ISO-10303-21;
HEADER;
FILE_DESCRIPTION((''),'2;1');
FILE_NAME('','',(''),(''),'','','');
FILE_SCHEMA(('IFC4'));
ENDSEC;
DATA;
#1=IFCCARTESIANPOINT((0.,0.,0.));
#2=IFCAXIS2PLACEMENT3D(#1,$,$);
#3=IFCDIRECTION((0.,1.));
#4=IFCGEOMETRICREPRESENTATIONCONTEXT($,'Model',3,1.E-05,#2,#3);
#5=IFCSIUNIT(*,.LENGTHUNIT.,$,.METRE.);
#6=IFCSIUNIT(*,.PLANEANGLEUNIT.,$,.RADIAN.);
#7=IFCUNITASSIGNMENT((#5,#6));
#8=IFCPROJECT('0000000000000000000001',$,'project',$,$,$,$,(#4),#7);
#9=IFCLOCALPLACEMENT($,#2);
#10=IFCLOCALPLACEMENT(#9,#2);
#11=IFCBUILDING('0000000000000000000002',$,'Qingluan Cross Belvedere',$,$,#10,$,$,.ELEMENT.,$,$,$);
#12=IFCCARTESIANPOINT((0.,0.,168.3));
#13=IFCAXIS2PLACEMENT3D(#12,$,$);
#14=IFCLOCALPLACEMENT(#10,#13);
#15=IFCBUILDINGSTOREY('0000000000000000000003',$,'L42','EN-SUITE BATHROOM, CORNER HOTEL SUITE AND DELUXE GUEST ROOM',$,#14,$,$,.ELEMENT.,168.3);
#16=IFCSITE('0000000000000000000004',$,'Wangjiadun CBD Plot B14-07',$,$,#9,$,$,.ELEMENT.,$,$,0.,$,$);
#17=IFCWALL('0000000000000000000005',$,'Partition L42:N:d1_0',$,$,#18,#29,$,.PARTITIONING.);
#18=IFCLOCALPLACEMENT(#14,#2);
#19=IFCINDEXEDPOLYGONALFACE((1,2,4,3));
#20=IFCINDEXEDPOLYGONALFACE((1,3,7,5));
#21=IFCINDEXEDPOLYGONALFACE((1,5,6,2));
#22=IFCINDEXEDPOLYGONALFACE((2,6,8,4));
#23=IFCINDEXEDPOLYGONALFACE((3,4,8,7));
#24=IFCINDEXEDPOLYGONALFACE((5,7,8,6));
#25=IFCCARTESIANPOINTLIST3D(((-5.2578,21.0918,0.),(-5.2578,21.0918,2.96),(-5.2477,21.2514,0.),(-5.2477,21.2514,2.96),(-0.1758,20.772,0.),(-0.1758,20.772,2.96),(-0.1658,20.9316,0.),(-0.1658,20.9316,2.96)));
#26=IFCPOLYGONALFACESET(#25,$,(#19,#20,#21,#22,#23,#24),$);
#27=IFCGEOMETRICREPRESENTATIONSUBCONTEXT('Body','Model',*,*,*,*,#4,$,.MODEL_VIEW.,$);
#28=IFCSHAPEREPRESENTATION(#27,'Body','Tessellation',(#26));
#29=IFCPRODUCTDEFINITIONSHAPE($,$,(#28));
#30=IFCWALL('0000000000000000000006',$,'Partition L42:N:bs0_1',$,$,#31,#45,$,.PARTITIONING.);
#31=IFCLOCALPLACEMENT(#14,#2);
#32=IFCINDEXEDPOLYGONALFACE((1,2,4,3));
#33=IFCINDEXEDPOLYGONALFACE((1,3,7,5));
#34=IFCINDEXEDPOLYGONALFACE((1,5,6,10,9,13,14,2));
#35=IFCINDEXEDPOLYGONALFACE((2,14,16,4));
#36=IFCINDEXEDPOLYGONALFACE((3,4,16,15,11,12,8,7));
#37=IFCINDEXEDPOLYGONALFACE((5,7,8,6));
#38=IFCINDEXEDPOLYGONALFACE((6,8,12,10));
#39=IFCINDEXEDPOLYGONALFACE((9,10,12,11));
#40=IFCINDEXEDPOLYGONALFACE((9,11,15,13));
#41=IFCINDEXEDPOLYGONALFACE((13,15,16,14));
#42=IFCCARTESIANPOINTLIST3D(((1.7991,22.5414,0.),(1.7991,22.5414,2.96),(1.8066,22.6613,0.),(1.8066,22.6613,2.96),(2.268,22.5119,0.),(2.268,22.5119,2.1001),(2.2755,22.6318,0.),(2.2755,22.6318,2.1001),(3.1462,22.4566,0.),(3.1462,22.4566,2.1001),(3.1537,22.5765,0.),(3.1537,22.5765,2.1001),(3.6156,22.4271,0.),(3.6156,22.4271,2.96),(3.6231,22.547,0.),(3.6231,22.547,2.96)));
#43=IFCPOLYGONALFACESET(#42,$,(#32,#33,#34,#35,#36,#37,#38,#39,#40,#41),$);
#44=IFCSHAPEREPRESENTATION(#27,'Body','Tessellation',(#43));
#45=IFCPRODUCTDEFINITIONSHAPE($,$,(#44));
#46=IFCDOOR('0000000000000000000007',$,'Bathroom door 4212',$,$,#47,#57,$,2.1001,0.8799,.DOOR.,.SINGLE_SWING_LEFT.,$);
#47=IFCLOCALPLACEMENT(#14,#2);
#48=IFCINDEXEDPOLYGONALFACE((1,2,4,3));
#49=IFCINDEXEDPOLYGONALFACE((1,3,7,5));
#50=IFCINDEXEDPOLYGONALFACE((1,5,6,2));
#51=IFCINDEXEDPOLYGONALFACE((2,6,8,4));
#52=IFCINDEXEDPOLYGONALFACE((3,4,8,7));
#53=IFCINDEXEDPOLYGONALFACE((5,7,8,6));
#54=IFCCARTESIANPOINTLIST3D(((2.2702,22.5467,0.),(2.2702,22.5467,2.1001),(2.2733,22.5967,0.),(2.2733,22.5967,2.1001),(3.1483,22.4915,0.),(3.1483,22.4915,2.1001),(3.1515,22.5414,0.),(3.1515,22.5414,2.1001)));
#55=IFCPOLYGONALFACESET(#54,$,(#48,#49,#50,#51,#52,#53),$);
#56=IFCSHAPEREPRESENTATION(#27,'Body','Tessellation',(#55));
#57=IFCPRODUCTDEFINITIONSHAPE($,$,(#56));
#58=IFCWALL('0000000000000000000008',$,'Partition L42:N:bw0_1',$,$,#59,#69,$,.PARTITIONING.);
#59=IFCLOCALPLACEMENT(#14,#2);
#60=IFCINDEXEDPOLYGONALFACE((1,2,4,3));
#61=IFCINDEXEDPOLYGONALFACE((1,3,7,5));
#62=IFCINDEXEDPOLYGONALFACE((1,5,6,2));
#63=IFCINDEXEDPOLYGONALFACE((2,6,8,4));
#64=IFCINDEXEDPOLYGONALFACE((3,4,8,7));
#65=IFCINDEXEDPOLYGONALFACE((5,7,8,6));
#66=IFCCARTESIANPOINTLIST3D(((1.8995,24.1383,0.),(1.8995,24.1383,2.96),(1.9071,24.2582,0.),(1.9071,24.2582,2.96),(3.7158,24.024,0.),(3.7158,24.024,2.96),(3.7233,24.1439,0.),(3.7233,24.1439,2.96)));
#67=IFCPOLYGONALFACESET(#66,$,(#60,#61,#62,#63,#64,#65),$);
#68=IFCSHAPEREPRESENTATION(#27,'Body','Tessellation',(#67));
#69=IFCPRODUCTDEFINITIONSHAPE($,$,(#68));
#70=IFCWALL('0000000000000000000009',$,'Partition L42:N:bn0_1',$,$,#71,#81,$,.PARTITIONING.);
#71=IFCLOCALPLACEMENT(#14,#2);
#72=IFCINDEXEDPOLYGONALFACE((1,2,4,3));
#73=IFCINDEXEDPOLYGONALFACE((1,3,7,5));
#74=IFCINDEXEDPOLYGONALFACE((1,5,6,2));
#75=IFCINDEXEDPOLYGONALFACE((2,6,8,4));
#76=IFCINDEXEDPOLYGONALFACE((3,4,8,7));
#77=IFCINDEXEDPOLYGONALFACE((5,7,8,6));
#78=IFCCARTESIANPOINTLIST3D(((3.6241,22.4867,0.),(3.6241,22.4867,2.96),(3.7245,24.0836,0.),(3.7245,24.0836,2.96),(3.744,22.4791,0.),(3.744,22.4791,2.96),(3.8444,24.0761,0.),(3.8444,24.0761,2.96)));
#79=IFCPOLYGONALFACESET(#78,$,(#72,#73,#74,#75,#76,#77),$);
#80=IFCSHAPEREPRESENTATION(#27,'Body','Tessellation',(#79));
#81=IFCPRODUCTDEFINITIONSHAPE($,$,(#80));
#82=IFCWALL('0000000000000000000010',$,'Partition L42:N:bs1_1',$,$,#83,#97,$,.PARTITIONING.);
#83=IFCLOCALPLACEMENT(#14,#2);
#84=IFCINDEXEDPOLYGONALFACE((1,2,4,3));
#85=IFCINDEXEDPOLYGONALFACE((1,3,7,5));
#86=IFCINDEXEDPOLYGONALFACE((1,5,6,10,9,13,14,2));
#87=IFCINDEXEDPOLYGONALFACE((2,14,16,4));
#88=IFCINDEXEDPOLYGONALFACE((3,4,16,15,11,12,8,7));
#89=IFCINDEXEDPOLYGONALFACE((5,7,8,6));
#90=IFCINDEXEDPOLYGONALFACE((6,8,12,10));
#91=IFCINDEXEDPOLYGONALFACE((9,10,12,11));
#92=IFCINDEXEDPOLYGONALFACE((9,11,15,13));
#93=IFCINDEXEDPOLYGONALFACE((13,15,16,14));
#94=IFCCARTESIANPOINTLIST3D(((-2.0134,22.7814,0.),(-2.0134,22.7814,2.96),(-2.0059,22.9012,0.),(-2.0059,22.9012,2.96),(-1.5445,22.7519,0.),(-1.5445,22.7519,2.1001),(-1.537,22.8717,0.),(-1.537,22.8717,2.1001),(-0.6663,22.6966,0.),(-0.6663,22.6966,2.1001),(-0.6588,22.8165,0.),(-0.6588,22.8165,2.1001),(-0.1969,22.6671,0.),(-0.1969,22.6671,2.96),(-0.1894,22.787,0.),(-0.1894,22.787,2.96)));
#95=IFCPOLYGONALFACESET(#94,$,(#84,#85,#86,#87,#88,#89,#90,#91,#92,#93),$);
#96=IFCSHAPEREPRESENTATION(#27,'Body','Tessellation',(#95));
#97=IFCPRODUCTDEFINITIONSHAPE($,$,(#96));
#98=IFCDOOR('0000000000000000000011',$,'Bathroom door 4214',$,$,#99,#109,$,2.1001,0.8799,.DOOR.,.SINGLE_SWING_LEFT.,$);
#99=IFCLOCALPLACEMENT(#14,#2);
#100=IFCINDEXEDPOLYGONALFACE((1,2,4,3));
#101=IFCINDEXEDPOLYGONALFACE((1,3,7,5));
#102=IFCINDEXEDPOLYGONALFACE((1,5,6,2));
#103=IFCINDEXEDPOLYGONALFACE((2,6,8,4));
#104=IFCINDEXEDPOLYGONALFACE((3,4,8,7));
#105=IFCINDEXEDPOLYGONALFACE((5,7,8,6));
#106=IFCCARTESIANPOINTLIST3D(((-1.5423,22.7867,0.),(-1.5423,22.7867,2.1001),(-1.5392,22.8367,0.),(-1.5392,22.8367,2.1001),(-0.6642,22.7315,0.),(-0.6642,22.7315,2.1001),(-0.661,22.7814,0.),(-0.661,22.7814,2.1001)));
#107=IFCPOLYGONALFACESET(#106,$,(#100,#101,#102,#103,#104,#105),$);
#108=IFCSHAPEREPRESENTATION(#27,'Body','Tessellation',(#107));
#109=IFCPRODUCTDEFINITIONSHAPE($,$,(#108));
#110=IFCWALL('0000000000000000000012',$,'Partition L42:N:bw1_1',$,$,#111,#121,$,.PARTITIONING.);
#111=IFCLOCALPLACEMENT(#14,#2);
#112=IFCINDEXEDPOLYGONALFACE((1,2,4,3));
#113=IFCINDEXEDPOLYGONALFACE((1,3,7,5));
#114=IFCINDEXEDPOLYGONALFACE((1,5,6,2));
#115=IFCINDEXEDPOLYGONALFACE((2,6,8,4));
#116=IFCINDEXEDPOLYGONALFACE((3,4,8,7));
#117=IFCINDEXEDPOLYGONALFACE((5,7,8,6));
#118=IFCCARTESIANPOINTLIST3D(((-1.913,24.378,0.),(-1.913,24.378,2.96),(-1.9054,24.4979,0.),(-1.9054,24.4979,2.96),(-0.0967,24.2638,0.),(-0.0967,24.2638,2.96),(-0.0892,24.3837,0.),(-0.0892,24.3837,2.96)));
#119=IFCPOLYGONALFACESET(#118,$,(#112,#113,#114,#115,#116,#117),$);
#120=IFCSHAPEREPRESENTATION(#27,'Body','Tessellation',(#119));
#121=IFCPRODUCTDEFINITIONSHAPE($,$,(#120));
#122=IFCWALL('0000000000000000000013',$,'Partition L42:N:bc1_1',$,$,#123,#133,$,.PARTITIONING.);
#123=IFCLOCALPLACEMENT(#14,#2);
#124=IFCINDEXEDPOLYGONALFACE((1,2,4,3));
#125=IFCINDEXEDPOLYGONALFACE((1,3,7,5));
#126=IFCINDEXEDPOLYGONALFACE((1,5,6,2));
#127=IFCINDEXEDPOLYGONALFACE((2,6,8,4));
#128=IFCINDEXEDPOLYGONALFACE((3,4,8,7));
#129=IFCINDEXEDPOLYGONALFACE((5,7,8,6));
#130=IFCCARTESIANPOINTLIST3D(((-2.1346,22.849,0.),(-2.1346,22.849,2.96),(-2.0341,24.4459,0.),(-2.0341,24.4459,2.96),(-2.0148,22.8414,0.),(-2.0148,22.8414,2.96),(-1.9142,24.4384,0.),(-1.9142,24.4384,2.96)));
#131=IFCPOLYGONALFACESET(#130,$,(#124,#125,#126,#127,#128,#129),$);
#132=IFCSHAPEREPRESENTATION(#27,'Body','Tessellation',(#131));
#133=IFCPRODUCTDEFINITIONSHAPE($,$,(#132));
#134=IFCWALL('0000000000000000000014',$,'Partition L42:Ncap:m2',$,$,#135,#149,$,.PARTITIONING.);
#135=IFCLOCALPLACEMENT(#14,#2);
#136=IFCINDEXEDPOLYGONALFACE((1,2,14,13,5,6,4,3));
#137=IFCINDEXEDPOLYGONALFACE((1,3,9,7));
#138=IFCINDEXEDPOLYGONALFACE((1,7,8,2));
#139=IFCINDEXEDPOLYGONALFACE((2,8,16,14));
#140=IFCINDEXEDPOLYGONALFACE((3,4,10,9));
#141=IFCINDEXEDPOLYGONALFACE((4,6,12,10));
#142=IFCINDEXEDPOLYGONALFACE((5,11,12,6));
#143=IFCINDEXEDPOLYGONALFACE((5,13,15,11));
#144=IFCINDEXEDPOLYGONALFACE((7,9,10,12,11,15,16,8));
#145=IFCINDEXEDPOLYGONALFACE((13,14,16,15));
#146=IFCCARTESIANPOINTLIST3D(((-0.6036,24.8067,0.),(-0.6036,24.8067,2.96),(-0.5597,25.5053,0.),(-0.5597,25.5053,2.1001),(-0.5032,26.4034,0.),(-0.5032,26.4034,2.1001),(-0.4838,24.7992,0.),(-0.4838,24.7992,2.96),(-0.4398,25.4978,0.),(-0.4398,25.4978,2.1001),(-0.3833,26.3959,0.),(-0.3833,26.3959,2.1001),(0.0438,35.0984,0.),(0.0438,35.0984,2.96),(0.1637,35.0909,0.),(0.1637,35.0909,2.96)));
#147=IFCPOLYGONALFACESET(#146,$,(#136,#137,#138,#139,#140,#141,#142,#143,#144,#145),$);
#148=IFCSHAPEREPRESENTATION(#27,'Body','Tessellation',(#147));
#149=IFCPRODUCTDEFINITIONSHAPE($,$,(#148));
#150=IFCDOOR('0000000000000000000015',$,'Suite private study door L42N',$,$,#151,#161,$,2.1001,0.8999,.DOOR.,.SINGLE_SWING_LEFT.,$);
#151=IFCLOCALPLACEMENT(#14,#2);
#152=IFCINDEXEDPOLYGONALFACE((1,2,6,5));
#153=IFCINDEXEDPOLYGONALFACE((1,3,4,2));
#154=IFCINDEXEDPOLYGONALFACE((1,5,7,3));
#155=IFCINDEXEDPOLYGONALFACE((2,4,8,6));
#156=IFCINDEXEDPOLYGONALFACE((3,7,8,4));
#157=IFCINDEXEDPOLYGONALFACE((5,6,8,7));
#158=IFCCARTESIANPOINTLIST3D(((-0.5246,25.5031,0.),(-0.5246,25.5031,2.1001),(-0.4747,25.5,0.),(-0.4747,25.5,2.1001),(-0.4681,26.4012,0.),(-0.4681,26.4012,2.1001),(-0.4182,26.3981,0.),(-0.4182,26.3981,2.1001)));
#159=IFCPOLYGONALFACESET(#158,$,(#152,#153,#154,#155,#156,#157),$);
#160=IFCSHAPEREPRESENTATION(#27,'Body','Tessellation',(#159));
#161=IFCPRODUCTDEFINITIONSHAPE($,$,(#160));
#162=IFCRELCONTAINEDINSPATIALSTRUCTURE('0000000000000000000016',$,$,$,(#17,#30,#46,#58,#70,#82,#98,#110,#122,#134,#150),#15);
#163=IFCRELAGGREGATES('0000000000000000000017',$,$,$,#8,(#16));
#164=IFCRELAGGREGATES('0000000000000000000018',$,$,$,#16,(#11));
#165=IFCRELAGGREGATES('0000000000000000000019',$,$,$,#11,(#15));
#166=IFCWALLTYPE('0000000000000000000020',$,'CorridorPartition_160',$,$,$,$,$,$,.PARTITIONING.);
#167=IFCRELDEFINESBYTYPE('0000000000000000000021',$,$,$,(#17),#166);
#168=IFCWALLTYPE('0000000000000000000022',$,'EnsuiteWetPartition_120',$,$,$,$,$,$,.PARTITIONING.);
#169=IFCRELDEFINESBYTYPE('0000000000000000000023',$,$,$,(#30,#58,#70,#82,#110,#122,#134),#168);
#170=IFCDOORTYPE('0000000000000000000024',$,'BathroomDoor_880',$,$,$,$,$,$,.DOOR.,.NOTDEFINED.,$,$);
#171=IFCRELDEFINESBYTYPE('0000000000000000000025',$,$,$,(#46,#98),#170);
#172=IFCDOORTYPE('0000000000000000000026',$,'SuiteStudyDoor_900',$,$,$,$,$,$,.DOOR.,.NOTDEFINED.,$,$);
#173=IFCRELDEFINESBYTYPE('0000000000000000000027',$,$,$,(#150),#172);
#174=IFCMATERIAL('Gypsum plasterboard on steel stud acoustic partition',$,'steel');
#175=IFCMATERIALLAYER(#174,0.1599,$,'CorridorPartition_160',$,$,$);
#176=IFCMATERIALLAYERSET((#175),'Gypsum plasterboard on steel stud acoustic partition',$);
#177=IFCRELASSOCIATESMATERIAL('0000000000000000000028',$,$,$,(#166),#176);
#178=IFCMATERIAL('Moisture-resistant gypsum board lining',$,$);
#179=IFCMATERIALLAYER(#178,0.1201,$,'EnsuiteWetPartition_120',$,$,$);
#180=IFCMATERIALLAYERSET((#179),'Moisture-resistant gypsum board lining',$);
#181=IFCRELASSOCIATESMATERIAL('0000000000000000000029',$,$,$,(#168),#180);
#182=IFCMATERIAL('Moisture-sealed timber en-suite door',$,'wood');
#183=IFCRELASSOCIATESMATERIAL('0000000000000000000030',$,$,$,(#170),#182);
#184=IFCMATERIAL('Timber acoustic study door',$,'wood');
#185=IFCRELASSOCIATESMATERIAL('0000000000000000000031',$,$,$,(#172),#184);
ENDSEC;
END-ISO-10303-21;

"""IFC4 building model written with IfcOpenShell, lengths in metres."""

from ifc_helpers import new_model, si_unit, direction, frame, frame_2d, origin, place, context, subcontext, project, spatial, rectangle, extrude, material, layer, layer_set, type_object, element, fill, save


model = new_model("IFC4")

# Units and contexts
model_context = context("Model", 3, precision=1e-05, world=origin(), true_north=direction((0.0, 1.0)))
body_context = subcontext(model_context, "Body", "Model", "MODEL_VIEW")
ifc_project = project(units=[si_unit("LENGTHUNIT", "METRE"), si_unit("PLANEANGLEUNIT", "RADIAN")], contexts=[model_context])

# Site, building, storey
site_placement = place(None, origin())
site = spatial("IfcSite", under=ifc_project, at=site_placement, Name="Wangjiadun CBD Plot B14-07", CompositionType="ELEMENT", RefElevation=0.0)
building_placement = place(site_placement, origin())
building = spatial("IfcBuilding", under=site, at=building_placement, Name="Qingluan Cross Belvedere", CompositionType="ELEMENT")
storey_placement = place(building_placement, frame((0.0, 0.0, 168.3)))
storey = spatial("IfcBuildingStorey", under=building, at=storey_placement, Name="L42", Description="EN-SUITE BATHROOM, CORNER HOTEL SUITE AND DELUXE GUEST ROOM", CompositionType="ELEMENT", Elevation=168.3)

# Wall
ifc_material_1 = material(Name="Gypsum plasterboard on steel stud acoustic partition", Category="steel")
ifc_layer_1 = layer(ifc_material_1, 0.1599, Name="CorridorPartition_160")
ifc_layer_set_1 = layer_set([ifc_layer_1], Name="Gypsum plasterboard on steel stud acoustic partition")
wall_type_1 = type_object("IfcWallType", Name="CorridorPartition_160", PredefinedType="PARTITIONING", material=ifc_layer_set_1)
wall_1_placement = place(storey_placement, frame((-0.1709, 20.8518, 0.0), z_axis=(0.0, 0.0, 1.0), x_axis=(-0.998026, 0.062808, 0.0)))
element("IfcWall", 1, at=wall_1_placement, inside=storey, type_object=wall_type_1, Name="Partition L42:N:d1_0", PredefinedType="PARTITIONING", context=body_context, shape_type="SweptSolid", body=[
    extrude(rectangle(XDim=5.092, YDim=0.1599, at=frame_2d((2.5459, 0.0))), origin(), (0.0, 0.0, 1.0), 2.96),
])

# Wall, opening, door
ifc_material_2 = material(Name="Moisture-resistant gypsum board lining")
ifc_layer_2 = layer(ifc_material_2, 0.1201, Name="EnsuiteWetPartition_120")
ifc_layer_set_2 = layer_set([ifc_layer_2], Name="Moisture-resistant gypsum board lining")
wall_type_2 = type_object("IfcWallType", Name="EnsuiteWetPartition_120", PredefinedType="PARTITIONING", material=ifc_layer_set_2)
wall_2_placement = place(storey_placement, frame((1.8027, 22.6013, 0.0), z_axis=(0.0, 0.0, 1.0), x_axis=(0.998027, -0.062779, 0.0)))
wall_2 = element("IfcWall", 2, at=wall_2_placement, inside=storey, type_object=wall_type_2, Name="Partition L42:N:bs0_1", PredefinedType="PARTITIONING", context=body_context, shape_type="SweptSolid", body=[
    extrude(rectangle(XDim=1.8201, YDim=0.1201, at=frame_2d((0.9102, 0.0))), origin(), (0.0, 0.0, 1.0), 2.96),
])
opening_1_placement = place(wall_2_placement, frame((0.47, 0.0, 0.0)))
opening_1 = element("IfcOpeningElement", 3, at=opening_1_placement, cuts=wall_2, PredefinedType="OPENING", context=body_context, shape_type="SweptSolid", body=[
    extrude(rectangle(XDim=0.8799, YDim=2.1001, at=frame_2d((0.4399, 1.05))), frame((0.0, 0.0701, 0.0), z_axis=(0.0, -1.0, 0.0), x_axis=(1.0, 0.0, 0.0)), (0.0, 0.0, 1.0), 0.1401),
])
ifc_material_3 = material(Name="Moisture-sealed timber en-suite door", Category="wood")
door_type_1 = type_object("IfcDoorType", Name="BathroomDoor_880", OperationType="NOTDEFINED", PredefinedType="DOOR", material=ifc_material_3)
door_1_placement = place(opening_1_placement, origin())
door_1 = element("IfcDoor", 4, at=door_1_placement, inside=storey, type_object=door_type_1, Name="Bathroom door 4212", OperationType="SINGLE_SWING_LEFT", OverallHeight=2.1001, OverallWidth=0.8799, PredefinedType="DOOR", context=body_context, shape_type="SweptSolid", body=[
    extrude(rectangle(XDim=0.8799, YDim=2.1001, at=frame_2d((0.4399, 1.05))), frame((0.0, 0.0249, 0.0), z_axis=(0.0, -1.0, 0.0), x_axis=(1.0, 0.0, 0.0)), (0.0, 0.0, 1.0), 0.05),
])
fill(opening_1, door_1)

# Walls
wall_3_placement = place(storey_placement, frame((1.9033, 24.1982, 0.0), z_axis=(0.0, 0.0, 1.0), x_axis=(0.998027, -0.062788, 0.0)))
element("IfcWall", 5, at=wall_3_placement, inside=storey, type_object=wall_type_2, Name="Partition L42:N:bw0_1", PredefinedType="PARTITIONING", context=body_context, shape_type="SweptSolid", body=[
    extrude(rectangle(XDim=1.8198, YDim=0.1201, at=frame_2d((0.9099, 0.0))), origin(), (0.0, 0.0, 1.0), 2.96),
])
wall_4_placement = place(storey_placement, frame((3.6841, 22.4829, 0.0), z_axis=(0.0, 0.0, 1.0), x_axis=(0.062711, 0.998032, 0.0)))
element("IfcWall", 6, at=wall_4_placement, inside=storey, type_object=wall_type_2, Name="Partition L42:N:bn0_1", PredefinedType="PARTITIONING", context=body_context, shape_type="SweptSolid", body=[
    extrude(rectangle(XDim=1.6001, YDim=0.1201, at=frame_2d((0.8, 0.0))), origin(), (0.0, 0.0, 1.0), 2.96),
])

# Wall, opening, door
wall_5_placement = place(storey_placement, frame((-2.0098, 22.8413, 0.0), z_axis=(0.0, 0.0, 1.0), x_axis=(0.998027, -0.062779, 0.0)))
wall_5 = element("IfcWall", 7, at=wall_5_placement, inside=storey, type_object=wall_type_2, Name="Partition L42:N:bs1_1", PredefinedType="PARTITIONING", context=body_context, shape_type="SweptSolid", body=[
    extrude(rectangle(XDim=1.8201, YDim=0.1201, at=frame_2d((0.9102, 0.0))), origin(), (0.0, 0.0, 1.0), 2.96),
])
opening_2_placement = place(wall_5_placement, frame((0.47, 0.0, 0.0)))
opening_2 = element("IfcOpeningElement", 8, at=opening_2_placement, cuts=wall_5, PredefinedType="OPENING", context=body_context, shape_type="SweptSolid", body=[
    extrude(rectangle(XDim=0.8799, YDim=2.1001, at=frame_2d((0.4399, 1.05))), frame((0.0, 0.0701, 0.0), z_axis=(0.0, -1.0, 0.0), x_axis=(1.0, 0.0, 0.0)), (0.0, 0.0, 1.0), 0.1401),
])
door_2_placement = place(opening_2_placement, origin())
door_2 = element("IfcDoor", 9, at=door_2_placement, inside=storey, type_object=door_type_1, Name="Bathroom door 4214", OperationType="SINGLE_SWING_LEFT", OverallHeight=2.1001, OverallWidth=0.8799, PredefinedType="DOOR", context=body_context, shape_type="SweptSolid", body=[
    extrude(rectangle(XDim=0.8799, YDim=2.1001, at=frame_2d((0.4399, 1.05))), frame((0.0, 0.0249, 0.0), z_axis=(0.0, -1.0, 0.0), x_axis=(1.0, 0.0, 0.0)), (0.0, 0.0, 1.0), 0.05),
])
fill(opening_2, door_2)

# Walls
wall_6_placement = place(storey_placement, frame((-1.9092, 24.438, 0.0), z_axis=(0.0, 0.0, 1.0), x_axis=(0.998027, -0.062788, 0.0)))
element("IfcWall", 10, at=wall_6_placement, inside=storey, type_object=wall_type_2, Name="Partition L42:N:bw1_1", PredefinedType="PARTITIONING", context=body_context, shape_type="SweptSolid", body=[
    extrude(rectangle(XDim=1.8198, YDim=0.1201, at=frame_2d((0.9099, 0.0))), origin(), (0.0, 0.0, 1.0), 2.96),
])
wall_7_placement = place(storey_placement, frame((-2.0747, 22.8452, 0.0), z_axis=(0.0, 0.0, 1.0), x_axis=(0.062863, 0.998022, 0.0)))
element("IfcWall", 11, at=wall_7_placement, inside=storey, type_object=wall_type_2, Name="Partition L42:N:bc1_1", PredefinedType="PARTITIONING", context=body_context, shape_type="SweptSolid", body=[
    extrude(rectangle(XDim=1.6001, YDim=0.1201, at=frame_2d((0.8, 0.0))), origin(), (0.0, 0.0, 1.0), 2.96),
])

# Wall, opening, door
wall_8_placement = place(storey_placement, frame((-0.5437, 24.803, 0.0), z_axis=(0.0, 0.0, 1.0), x_axis=(0.062787, 0.998027, 0.0)))
wall_8 = element("IfcWall", 12, at=wall_8_placement, inside=storey, type_object=wall_type_2, Name="Partition L42:Ncap:m2", PredefinedType="PARTITIONING", context=body_context, shape_type="SweptSolid", body=[
    extrude(rectangle(XDim=10.312, YDim=0.1201, at=frame_2d((5.156, 0.0))), origin(), (0.0, 0.0, 1.0), 2.96),
])
opening_3_placement = place(wall_8_placement, frame((0.7, 0.0, 0.0)))
opening_3 = element("IfcOpeningElement", 13, at=opening_3_placement, cuts=wall_8, PredefinedType="OPENING", context=body_context, shape_type="SweptSolid", body=[
    extrude(rectangle(XDim=0.8999, YDim=2.1001, at=frame_2d((0.45, 1.05))), frame((0.0, 0.0701, 0.0), z_axis=(0.0, -1.0, 0.0), x_axis=(1.0, 0.0, 0.0)), (0.0, 0.0, 1.0), 0.1401),
])
ifc_material_4 = material(Name="Timber acoustic study door", Category="wood")
door_type_2 = type_object("IfcDoorType", Name="SuiteStudyDoor_900", OperationType="NOTDEFINED", PredefinedType="DOOR", material=ifc_material_4)
door_3_placement = place(opening_3_placement, origin())
door_3 = element("IfcDoor", 14, at=door_3_placement, inside=storey, type_object=door_type_2, Name="Suite private study door L42N", OperationType="SINGLE_SWING_LEFT", OverallHeight=2.1001, OverallWidth=0.8999, PredefinedType="DOOR", context=body_context, shape_type="SweptSolid", body=[
    extrude(rectangle(XDim=0.8999, YDim=2.1001, at=frame_2d((0.45, 1.05))), frame((0.0, 0.0249, 0.0), z_axis=(0.0, -1.0, 0.0), x_axis=(1.0, 0.0, 0.0)), (0.0, 0.0, 1.0), 0.05),
])
fill(opening_3, door_3)

save(model, "model.ifc")
